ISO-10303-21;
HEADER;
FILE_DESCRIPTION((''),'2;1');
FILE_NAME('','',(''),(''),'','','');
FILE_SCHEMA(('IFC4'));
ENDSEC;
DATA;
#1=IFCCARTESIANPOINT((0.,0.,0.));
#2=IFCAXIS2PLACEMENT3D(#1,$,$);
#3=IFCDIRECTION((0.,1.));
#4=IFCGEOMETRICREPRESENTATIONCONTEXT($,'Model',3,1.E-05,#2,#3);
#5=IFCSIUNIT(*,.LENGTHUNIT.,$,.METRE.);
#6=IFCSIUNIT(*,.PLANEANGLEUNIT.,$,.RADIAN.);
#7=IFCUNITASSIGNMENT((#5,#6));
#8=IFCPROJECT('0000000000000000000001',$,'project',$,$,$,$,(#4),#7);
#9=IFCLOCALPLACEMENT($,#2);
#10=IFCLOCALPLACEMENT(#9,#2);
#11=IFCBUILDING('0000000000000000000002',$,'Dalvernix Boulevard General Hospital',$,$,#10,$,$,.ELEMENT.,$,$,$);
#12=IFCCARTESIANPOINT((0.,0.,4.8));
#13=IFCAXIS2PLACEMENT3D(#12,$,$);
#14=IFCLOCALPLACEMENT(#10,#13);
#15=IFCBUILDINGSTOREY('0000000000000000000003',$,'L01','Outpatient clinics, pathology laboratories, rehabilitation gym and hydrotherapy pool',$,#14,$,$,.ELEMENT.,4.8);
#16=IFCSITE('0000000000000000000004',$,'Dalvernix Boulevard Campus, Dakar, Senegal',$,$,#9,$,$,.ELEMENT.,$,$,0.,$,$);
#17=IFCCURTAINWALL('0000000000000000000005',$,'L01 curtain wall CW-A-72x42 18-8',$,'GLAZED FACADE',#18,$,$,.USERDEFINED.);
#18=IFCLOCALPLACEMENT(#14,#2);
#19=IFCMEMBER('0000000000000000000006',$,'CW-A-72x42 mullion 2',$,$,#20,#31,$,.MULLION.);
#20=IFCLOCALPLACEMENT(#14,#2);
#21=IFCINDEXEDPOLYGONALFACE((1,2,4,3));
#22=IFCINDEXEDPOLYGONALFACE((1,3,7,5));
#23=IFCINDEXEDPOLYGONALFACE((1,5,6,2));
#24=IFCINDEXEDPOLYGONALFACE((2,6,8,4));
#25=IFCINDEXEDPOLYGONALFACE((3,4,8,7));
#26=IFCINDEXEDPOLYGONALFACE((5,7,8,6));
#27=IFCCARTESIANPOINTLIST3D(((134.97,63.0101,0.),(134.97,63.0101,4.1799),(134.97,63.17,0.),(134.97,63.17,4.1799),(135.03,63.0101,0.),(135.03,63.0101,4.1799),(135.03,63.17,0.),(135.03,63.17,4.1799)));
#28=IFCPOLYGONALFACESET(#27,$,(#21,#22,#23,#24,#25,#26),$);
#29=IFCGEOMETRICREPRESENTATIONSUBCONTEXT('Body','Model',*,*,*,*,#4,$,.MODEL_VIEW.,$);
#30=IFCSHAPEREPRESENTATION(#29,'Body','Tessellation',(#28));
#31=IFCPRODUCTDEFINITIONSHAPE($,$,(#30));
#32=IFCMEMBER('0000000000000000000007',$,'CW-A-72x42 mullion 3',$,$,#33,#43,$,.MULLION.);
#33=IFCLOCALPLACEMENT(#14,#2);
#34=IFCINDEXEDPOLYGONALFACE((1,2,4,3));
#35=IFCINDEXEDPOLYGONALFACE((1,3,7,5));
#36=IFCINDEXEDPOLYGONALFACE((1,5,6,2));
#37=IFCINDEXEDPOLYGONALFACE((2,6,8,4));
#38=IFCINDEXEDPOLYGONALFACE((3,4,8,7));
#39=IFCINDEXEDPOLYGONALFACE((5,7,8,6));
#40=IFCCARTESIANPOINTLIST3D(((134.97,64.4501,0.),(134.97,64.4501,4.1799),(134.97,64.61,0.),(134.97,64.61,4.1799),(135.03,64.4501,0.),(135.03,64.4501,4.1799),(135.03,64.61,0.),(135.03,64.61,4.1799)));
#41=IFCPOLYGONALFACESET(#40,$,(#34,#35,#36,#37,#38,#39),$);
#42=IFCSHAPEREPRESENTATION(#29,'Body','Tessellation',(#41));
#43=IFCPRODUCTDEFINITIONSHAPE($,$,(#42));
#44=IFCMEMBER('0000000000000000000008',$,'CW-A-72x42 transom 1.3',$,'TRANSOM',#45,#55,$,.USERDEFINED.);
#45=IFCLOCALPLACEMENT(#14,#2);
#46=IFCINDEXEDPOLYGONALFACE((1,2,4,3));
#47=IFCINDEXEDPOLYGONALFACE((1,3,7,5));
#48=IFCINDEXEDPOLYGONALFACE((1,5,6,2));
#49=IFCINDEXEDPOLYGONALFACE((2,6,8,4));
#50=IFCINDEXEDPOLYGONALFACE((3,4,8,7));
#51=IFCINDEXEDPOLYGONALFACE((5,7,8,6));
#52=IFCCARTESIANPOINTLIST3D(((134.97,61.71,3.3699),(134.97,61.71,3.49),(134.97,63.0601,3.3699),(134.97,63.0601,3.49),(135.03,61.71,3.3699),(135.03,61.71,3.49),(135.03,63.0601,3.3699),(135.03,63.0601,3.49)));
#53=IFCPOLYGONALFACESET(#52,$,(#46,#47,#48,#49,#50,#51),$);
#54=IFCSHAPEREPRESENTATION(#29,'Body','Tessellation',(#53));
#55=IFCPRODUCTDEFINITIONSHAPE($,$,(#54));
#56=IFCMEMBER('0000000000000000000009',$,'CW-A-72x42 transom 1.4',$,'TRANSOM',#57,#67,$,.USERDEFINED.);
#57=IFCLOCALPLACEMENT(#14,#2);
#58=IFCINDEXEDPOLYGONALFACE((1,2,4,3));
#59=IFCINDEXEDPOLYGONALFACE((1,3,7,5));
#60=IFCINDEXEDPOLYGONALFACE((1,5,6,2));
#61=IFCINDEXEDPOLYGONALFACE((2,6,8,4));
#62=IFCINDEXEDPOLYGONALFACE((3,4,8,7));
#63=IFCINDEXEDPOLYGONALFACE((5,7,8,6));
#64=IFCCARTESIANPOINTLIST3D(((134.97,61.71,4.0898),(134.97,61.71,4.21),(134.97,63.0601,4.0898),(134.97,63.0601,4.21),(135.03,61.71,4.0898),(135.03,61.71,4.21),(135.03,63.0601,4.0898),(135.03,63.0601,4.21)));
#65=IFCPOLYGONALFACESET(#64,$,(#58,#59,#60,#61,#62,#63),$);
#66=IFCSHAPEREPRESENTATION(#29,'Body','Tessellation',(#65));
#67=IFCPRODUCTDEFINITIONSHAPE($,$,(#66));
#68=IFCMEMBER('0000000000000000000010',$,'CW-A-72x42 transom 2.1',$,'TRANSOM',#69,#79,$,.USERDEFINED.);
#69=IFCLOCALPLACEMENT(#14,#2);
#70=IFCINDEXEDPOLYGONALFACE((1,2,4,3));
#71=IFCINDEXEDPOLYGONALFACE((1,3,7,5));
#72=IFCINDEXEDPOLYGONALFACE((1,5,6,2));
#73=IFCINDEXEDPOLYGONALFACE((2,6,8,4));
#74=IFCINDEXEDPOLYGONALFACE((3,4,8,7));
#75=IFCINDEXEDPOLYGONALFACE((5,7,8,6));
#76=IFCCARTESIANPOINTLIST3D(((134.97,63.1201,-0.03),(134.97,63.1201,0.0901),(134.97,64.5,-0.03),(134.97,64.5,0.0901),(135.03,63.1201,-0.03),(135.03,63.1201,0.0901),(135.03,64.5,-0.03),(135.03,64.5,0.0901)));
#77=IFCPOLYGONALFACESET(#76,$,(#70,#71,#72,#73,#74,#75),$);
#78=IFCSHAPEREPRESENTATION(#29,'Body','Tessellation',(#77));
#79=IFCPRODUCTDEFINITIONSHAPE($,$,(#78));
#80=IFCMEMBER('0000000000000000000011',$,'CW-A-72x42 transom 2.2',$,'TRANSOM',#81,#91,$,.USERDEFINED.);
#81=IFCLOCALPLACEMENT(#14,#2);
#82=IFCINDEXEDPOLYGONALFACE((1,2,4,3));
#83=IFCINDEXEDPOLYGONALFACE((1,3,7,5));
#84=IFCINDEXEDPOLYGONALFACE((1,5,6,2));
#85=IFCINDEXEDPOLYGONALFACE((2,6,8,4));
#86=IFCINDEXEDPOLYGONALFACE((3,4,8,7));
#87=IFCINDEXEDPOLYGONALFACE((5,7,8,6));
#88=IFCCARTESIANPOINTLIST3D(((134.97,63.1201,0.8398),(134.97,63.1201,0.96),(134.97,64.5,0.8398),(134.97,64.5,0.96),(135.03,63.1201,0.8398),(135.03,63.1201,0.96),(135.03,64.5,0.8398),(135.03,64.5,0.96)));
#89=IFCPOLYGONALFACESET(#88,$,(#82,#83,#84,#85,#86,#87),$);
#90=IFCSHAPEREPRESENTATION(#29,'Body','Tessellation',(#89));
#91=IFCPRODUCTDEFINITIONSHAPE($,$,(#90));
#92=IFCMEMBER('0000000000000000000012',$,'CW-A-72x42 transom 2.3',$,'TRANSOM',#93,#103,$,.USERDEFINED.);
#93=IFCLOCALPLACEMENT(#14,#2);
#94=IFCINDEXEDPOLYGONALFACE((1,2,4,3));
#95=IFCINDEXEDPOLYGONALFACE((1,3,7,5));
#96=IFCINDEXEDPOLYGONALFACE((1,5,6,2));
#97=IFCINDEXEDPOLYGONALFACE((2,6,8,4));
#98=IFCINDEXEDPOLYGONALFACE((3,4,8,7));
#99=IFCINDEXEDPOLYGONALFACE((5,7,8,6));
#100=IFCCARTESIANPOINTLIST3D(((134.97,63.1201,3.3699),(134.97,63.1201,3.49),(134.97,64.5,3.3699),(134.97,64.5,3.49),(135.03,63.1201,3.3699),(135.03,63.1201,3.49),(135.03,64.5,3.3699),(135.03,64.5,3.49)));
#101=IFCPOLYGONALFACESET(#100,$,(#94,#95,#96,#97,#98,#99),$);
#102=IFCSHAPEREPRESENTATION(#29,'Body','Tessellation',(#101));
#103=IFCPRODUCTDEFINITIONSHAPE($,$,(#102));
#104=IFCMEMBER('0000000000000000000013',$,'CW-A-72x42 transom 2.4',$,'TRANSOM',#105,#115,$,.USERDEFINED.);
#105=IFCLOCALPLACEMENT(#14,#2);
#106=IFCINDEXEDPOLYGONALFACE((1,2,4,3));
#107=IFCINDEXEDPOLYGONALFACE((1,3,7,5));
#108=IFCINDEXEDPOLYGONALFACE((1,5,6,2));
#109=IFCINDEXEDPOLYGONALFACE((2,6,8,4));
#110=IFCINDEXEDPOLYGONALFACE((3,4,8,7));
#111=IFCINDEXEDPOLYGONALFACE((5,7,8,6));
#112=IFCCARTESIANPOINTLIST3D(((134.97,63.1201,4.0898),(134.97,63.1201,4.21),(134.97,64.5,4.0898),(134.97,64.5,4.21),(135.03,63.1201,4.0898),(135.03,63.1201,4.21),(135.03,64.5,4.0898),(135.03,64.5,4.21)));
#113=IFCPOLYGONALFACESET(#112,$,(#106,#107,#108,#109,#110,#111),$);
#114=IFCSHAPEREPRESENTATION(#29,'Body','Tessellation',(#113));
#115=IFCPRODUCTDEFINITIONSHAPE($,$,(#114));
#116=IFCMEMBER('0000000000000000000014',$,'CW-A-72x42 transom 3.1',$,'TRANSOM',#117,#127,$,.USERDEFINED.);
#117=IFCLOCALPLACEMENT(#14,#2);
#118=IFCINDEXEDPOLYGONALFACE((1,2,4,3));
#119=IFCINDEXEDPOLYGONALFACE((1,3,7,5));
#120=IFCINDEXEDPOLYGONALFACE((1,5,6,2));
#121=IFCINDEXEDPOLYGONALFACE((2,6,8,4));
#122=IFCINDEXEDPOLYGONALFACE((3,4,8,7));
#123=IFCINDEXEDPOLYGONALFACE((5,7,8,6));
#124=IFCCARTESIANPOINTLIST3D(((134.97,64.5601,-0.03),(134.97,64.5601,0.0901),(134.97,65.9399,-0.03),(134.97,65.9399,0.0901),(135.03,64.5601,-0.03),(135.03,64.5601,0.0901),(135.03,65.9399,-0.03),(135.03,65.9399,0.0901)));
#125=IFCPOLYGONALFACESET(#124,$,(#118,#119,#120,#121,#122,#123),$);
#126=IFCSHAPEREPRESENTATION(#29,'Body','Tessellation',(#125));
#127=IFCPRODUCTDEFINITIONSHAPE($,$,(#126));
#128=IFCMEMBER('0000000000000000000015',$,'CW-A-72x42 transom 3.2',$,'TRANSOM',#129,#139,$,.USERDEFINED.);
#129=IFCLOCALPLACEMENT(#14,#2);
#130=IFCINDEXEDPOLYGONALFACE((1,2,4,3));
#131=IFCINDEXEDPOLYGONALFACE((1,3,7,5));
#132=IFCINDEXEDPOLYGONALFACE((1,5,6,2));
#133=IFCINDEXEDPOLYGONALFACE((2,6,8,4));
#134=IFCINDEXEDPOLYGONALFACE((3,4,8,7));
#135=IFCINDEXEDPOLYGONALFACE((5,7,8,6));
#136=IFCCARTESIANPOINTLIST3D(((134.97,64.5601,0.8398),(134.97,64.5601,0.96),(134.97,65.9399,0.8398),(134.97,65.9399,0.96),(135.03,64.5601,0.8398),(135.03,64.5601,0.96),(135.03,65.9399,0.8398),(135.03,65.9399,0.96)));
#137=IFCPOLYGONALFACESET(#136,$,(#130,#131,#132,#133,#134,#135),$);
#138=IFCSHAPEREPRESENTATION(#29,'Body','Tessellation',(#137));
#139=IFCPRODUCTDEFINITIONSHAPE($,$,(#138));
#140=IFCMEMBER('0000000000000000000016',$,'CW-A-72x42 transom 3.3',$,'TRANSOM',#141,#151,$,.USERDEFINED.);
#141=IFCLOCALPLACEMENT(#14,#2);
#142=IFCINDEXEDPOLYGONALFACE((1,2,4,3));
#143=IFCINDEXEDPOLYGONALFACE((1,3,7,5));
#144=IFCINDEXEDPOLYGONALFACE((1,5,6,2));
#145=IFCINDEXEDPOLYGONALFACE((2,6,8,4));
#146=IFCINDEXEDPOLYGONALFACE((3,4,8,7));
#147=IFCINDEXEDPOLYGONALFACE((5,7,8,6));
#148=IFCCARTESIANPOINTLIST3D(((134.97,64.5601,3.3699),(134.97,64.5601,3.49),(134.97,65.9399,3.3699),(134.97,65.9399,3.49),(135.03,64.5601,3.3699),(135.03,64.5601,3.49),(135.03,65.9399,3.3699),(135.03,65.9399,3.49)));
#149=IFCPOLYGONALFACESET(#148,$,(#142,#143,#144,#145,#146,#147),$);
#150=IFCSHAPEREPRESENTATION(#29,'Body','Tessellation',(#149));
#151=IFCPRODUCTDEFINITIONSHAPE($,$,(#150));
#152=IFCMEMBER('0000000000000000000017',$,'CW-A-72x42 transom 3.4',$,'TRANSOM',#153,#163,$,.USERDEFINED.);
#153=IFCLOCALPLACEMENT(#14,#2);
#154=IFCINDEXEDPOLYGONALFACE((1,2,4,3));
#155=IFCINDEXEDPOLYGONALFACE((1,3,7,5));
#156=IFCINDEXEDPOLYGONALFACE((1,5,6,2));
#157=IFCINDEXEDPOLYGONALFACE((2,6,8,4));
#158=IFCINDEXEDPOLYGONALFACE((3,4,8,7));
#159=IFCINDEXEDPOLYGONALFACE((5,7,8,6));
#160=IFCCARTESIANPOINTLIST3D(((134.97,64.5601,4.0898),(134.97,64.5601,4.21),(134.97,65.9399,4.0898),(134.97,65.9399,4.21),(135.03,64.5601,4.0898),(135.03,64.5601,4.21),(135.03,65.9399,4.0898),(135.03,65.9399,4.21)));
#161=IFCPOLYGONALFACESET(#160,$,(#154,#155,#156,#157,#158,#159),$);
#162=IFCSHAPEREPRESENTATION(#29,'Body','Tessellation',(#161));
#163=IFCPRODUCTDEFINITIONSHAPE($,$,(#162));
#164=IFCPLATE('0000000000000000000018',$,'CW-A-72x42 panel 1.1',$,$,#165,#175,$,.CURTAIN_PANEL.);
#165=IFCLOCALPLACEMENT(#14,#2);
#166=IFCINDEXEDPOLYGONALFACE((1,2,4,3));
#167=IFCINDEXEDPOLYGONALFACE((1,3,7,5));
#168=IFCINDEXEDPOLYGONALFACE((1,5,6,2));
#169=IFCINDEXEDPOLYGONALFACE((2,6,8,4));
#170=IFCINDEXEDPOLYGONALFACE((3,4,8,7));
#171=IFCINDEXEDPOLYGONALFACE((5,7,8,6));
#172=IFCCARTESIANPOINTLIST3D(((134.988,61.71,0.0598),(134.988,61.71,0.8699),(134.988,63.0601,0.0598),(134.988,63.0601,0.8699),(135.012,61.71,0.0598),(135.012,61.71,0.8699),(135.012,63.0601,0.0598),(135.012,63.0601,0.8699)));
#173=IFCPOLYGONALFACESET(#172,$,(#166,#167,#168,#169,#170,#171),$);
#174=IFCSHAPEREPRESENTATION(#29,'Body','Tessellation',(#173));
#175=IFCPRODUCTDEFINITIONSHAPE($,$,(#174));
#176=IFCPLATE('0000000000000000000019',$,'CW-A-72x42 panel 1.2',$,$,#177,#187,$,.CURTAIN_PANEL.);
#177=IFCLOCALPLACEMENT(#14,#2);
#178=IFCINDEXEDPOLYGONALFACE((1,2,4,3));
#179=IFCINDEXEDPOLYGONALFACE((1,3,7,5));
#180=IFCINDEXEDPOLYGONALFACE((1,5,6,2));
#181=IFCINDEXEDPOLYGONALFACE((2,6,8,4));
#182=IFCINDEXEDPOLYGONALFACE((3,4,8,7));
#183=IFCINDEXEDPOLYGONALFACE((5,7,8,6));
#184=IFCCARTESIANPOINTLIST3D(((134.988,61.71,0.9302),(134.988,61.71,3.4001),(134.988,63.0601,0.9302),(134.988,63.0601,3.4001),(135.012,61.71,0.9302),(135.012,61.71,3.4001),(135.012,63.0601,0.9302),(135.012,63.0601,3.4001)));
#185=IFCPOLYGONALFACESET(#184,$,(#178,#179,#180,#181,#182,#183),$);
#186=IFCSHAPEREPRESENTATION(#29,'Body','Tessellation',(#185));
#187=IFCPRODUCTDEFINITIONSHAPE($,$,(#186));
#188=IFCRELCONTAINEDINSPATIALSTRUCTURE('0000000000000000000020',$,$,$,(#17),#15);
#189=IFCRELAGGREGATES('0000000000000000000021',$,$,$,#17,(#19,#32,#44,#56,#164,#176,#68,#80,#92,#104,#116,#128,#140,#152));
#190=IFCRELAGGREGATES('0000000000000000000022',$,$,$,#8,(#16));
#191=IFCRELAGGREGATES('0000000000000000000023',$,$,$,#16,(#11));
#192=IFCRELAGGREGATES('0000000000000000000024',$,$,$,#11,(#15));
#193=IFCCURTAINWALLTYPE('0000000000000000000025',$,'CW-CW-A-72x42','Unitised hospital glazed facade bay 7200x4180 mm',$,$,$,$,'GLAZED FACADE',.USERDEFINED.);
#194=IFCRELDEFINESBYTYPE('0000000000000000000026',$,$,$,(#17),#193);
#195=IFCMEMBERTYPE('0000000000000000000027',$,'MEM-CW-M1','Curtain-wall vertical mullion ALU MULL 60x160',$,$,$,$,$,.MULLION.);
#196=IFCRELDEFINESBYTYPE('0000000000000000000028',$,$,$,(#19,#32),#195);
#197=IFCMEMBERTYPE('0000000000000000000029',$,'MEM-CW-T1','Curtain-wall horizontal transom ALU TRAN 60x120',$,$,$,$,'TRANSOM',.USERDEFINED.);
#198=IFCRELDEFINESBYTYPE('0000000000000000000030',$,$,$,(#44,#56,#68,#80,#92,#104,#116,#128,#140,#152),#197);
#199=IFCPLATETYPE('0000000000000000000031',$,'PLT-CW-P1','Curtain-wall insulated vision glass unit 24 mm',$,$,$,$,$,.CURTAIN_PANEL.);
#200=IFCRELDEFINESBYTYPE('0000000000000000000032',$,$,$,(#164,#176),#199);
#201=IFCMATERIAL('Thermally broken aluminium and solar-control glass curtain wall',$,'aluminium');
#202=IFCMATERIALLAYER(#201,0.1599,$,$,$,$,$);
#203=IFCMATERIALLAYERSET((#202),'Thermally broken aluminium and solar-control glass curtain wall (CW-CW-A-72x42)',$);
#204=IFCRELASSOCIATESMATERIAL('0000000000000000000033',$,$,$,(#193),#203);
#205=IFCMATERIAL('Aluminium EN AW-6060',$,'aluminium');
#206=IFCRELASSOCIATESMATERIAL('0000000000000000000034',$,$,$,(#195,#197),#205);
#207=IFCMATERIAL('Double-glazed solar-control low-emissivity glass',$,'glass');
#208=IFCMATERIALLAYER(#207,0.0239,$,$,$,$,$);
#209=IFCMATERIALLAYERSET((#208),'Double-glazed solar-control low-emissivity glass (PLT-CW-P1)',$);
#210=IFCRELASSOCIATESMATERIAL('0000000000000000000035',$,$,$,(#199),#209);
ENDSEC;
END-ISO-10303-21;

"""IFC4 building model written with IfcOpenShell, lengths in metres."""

from ifc_helpers import new_model, si_unit, direction, frame, origin, origin_2d, place, context, subcontext, project, spatial, rectangle, extrude, material, layer, layer_set, material_profile, profile_set, type_object, element, aggregate, save


model = new_model("IFC4")

# Units and contexts
model_context = context("Model", 3, precision=1e-05, world=origin(), true_north=direction((0.0, 1.0)))
body_context = subcontext(model_context, "Body", "Model", "MODEL_VIEW")
ifc_project = project(units=[si_unit("LENGTHUNIT", "METRE"), si_unit("PLANEANGLEUNIT", "RADIAN")], contexts=[model_context])

# Site, building, storey
site_placement = place(None, origin())
site = spatial("IfcSite", under=ifc_project, at=site_placement, Name="Dalvernix Boulevard Campus, Dakar, Senegal", CompositionType="ELEMENT", RefElevation=0.0)
building_placement = place(site_placement, origin())
building = spatial("IfcBuilding", under=site, at=building_placement, Name="Dalvernix Boulevard General Hospital", CompositionType="ELEMENT")
storey_placement = place(building_placement, frame((0.0, 0.0, 4.8)))
storey = spatial("IfcBuildingStorey", under=building, at=storey_placement, Name="L01", Description="Outpatient clinics, pathology laboratories, rehabilitation gym and hydrotherapy pool", CompositionType="ELEMENT", Elevation=4.8)

# Curtain wall, members, plates
ifc_material_1 = material(Name="Thermally broken aluminium and solar-control glass curtain wall", Category="aluminium")
ifc_layer_1 = layer(ifc_material_1, 0.1599)
ifc_layer_set_1 = layer_set([ifc_layer_1], Name="Thermally broken aluminium and solar-control glass curtain wall (CW-CW-A-72x42)")
curtain_wall_type = type_object("IfcCurtainWallType", Name="CW-CW-A-72x42", Description="Unitised hospital glazed facade bay 7200x4180 mm", ElementType="GLAZED FACADE", PredefinedType="USERDEFINED", material=ifc_layer_set_1)
curtain_wall_placement = place(storey_placement, origin())
curtain_wall = element("IfcCurtainWall", 1, at=curtain_wall_placement, inside=storey, type_object=curtain_wall_type, Name="L01 curtain wall CW-A-72x42 18-8", ObjectType="GLAZED FACADE", PredefinedType="USERDEFINED")
ifc_material_2 = material(Name="Aluminium EN AW-6060", Category="aluminium")
ifc_material_profile_1 = material_profile(ifc_material_2, rectangle(XDim=0.0601, YDim=0.1599, at=origin_2d()), Name="ALU MULL 60x160")
ifc_profile_set_1 = profile_set([ifc_material_profile_1], Name="Aluminium EN AW-6060")
member_type_1 = type_object("IfcMemberType", Name="MEM-CW-M1", Description="Curtain-wall vertical mullion ALU MULL 60x160", PredefinedType="MULLION", material=ifc_profile_set_1)
member_1_placement = place(storey_placement, frame((135.0, 63.0901, 0.0), z_axis=(0.0, 0.0, 1.0), x_axis=(-1.0, 0.0, 0.0)))
member_1 = element("IfcMember", 2, at=member_1_placement, type_object=member_type_1, Name="CW-A-72x42 mullion 2", PredefinedType="MULLION", context=body_context, shape_type="SweptSolid", body=[
    extrude(rectangle(XDim=0.0601, YDim=0.1599, at=origin_2d()), origin(), (0.0, 0.0, 1.0), 4.1799),
])
member_2_placement = place(storey_placement, frame((135.0, 64.53, 0.0), z_axis=(0.0, 0.0, 1.0), x_axis=(-1.0, 0.0, 0.0)))
member_2 = element("IfcMember", 3, at=member_2_placement, type_object=member_type_1, Name="CW-A-72x42 mullion 3", PredefinedType="MULLION", context=body_context, shape_type="SweptSolid", body=[
    extrude(rectangle(XDim=0.0601, YDim=0.1599, at=origin_2d()), origin(), (0.0, 0.0, 1.0), 4.1799),
])
ifc_material_profile_2 = material_profile(ifc_material_2, rectangle(XDim=0.0601, YDim=0.1201, at=origin_2d()), Name="ALU TRAN 60x120")
ifc_profile_set_2 = profile_set([ifc_material_profile_2], Name="Aluminium EN AW-6060")
member_type_2 = type_object("IfcMemberType", Name="MEM-CW-T1", Description="Curtain-wall horizontal transom ALU TRAN 60x120", ElementType="TRANSOM", PredefinedType="USERDEFINED", material=ifc_profile_set_2)
member_3_placement = place(storey_placement, frame((135.0, 61.71, 3.4299), z_axis=(0.0, 1.0, 0.0), x_axis=(-1.0, 0.0, 0.0)))
member_3 = element("IfcMember", 4, at=member_3_placement, type_object=member_type_2, Name="CW-A-72x42 transom 1.3", ObjectType="TRANSOM", PredefinedType="USERDEFINED", context=body_context, shape_type="SweptSolid", body=[
    extrude(rectangle(XDim=0.0601, YDim=0.1201, at=origin_2d()), origin(), (0.0, 0.0, 1.0), 1.3501),
])
member_4_placement = place(storey_placement, frame((135.0, 61.71, 4.1499), z_axis=(0.0, 1.0, 0.0), x_axis=(-1.0, 0.0, 0.0)))
member_4 = element("IfcMember", 5, at=member_4_placement, type_object=member_type_2, Name="CW-A-72x42 transom 1.4", ObjectType="TRANSOM", PredefinedType="USERDEFINED", context=body_context, shape_type="SweptSolid", body=[
    extrude(rectangle(XDim=0.0601, YDim=0.1201, at=origin_2d()), origin(), (0.0, 0.0, 1.0), 1.3501),
])
member_5_placement = place(storey_placement, frame((135.0, 63.1201, 0.03), z_axis=(0.0, 1.0, 0.0), x_axis=(-1.0, 0.0, 0.0)))
member_5 = element("IfcMember", 6, at=member_5_placement, type_object=member_type_2, Name="CW-A-72x42 transom 2.1", ObjectType="TRANSOM", PredefinedType="USERDEFINED", context=body_context, shape_type="SweptSolid", body=[
    extrude(rectangle(XDim=0.0601, YDim=0.1201, at=origin_2d()), origin(), (0.0, 0.0, 1.0), 1.3799),
])
member_6_placement = place(storey_placement, frame((135.0, 63.1201, 0.8999), z_axis=(0.0, 1.0, 0.0), x_axis=(-1.0, 0.0, 0.0)))
member_6 = element("IfcMember", 7, at=member_6_placement, type_object=member_type_2, Name="CW-A-72x42 transom 2.2", ObjectType="TRANSOM", PredefinedType="USERDEFINED", context=body_context, shape_type="SweptSolid", body=[
    extrude(rectangle(XDim=0.0601, YDim=0.1201, at=origin_2d()), origin(), (0.0, 0.0, 1.0), 1.3799),
])
member_7_placement = place(storey_placement, frame((135.0, 63.1201, 3.4299), z_axis=(0.0, 1.0, 0.0), x_axis=(-1.0, 0.0, 0.0)))
member_7 = element("IfcMember", 8, at=member_7_placement, type_object=member_type_2, Name="CW-A-72x42 transom 2.3", ObjectType="TRANSOM", PredefinedType="USERDEFINED", context=body_context, shape_type="SweptSolid", body=[
    extrude(rectangle(XDim=0.0601, YDim=0.1201, at=origin_2d()), origin(), (0.0, 0.0, 1.0), 1.3799),
])
member_8_placement = place(storey_placement, frame((135.0, 63.1201, 4.1499), z_axis=(0.0, 1.0, 0.0), x_axis=(-1.0, 0.0, 0.0)))
member_8 = element("IfcMember", 9, at=member_8_placement, type_object=member_type_2, Name="CW-A-72x42 transom 2.4", ObjectType="TRANSOM", PredefinedType="USERDEFINED", context=body_context, shape_type="SweptSolid", body=[
    extrude(rectangle(XDim=0.0601, YDim=0.1201, at=origin_2d()), origin(), (0.0, 0.0, 1.0), 1.3799),
])
member_9_placement = place(storey_placement, frame((135.0, 64.5601, 0.03), z_axis=(0.0, 1.0, 0.0), x_axis=(-1.0, 0.0, 0.0)))
member_9 = element("IfcMember", 10, at=member_9_placement, type_object=member_type_2, Name="CW-A-72x42 transom 3.1", ObjectType="TRANSOM", PredefinedType="USERDEFINED", context=body_context, shape_type="SweptSolid", body=[
    extrude(rectangle(XDim=0.0601, YDim=0.1201, at=origin_2d()), origin(), (0.0, 0.0, 1.0), 1.3799),
])
member_10_placement = place(storey_placement, frame((135.0, 64.5601, 0.8999), z_axis=(0.0, 1.0, 0.0), x_axis=(-1.0, 0.0, 0.0)))
member_10 = element("IfcMember", 11, at=member_10_placement, type_object=member_type_2, Name="CW-A-72x42 transom 3.2", ObjectType="TRANSOM", PredefinedType="USERDEFINED", context=body_context, shape_type="SweptSolid", body=[
    extrude(rectangle(XDim=0.0601, YDim=0.1201, at=origin_2d()), origin(), (0.0, 0.0, 1.0), 1.3799),
])
member_11_placement = place(storey_placement, frame((135.0, 64.5601, 3.4299), z_axis=(0.0, 1.0, 0.0), x_axis=(-1.0, 0.0, 0.0)))
member_11 = element("IfcMember", 12, at=member_11_placement, type_object=member_type_2, Name="CW-A-72x42 transom 3.3", ObjectType="TRANSOM", PredefinedType="USERDEFINED", context=body_context, shape_type="SweptSolid", body=[
    extrude(rectangle(XDim=0.0601, YDim=0.1201, at=origin_2d()), origin(), (0.0, 0.0, 1.0), 1.3799),
])
member_12_placement = place(storey_placement, frame((135.0, 64.5601, 4.1499), z_axis=(0.0, 1.0, 0.0), x_axis=(-1.0, 0.0, 0.0)))
member_12 = element("IfcMember", 13, at=member_12_placement, type_object=member_type_2, Name="CW-A-72x42 transom 3.4", ObjectType="TRANSOM", PredefinedType="USERDEFINED", context=body_context, shape_type="SweptSolid", body=[
    extrude(rectangle(XDim=0.0601, YDim=0.1201, at=origin_2d()), origin(), (0.0, 0.0, 1.0), 1.3799),
])
ifc_material_3 = material(Name="Double-glazed solar-control low-emissivity glass", Category="glass")
ifc_layer_2 = layer(ifc_material_3, 0.0239)
ifc_layer_set_2 = layer_set([ifc_layer_2], Name="Double-glazed solar-control low-emissivity glass (PLT-CW-P1)")
plate_type = type_object("IfcPlateType", Name="PLT-CW-P1", Description="Curtain-wall insulated vision glass unit 24 mm", PredefinedType="CURTAIN_PANEL", material=ifc_layer_set_2)
plate_1_placement = place(storey_placement, frame((135.0, 62.385, 0.0598), z_axis=(0.0, 0.0, 1.0), x_axis=(0.0, 1.0, 0.0)))
plate_1 = element("IfcPlate", 14, at=plate_1_placement, type_object=plate_type, Name="CW-A-72x42 panel 1.1", PredefinedType="CURTAIN_PANEL", context=body_context, shape_type="SweptSolid", body=[
    extrude(rectangle(XDim=1.3501, YDim=0.0239, at=origin_2d()), origin(), (0.0, 0.0, 1.0), 0.8101),
])
plate_2_placement = place(storey_placement, frame((135.0, 62.385, 0.9302), z_axis=(0.0, 0.0, 1.0), x_axis=(0.0, 1.0, 0.0)))
plate_2 = element("IfcPlate", 15, at=plate_2_placement, type_object=plate_type, Name="CW-A-72x42 panel 1.2", PredefinedType="CURTAIN_PANEL", context=body_context, shape_type="SweptSolid", body=[
    extrude(rectangle(XDim=1.3501, YDim=0.0239, at=origin_2d()), origin(), (0.0, 0.0, 1.0), 2.47),
])
aggregate(curtain_wall, [member_1, member_2, member_3, member_4, plate_1, plate_2, member_5, member_6, member_7, member_8, member_9, member_10, member_11, member_12])

save(model, "model.ifc")
